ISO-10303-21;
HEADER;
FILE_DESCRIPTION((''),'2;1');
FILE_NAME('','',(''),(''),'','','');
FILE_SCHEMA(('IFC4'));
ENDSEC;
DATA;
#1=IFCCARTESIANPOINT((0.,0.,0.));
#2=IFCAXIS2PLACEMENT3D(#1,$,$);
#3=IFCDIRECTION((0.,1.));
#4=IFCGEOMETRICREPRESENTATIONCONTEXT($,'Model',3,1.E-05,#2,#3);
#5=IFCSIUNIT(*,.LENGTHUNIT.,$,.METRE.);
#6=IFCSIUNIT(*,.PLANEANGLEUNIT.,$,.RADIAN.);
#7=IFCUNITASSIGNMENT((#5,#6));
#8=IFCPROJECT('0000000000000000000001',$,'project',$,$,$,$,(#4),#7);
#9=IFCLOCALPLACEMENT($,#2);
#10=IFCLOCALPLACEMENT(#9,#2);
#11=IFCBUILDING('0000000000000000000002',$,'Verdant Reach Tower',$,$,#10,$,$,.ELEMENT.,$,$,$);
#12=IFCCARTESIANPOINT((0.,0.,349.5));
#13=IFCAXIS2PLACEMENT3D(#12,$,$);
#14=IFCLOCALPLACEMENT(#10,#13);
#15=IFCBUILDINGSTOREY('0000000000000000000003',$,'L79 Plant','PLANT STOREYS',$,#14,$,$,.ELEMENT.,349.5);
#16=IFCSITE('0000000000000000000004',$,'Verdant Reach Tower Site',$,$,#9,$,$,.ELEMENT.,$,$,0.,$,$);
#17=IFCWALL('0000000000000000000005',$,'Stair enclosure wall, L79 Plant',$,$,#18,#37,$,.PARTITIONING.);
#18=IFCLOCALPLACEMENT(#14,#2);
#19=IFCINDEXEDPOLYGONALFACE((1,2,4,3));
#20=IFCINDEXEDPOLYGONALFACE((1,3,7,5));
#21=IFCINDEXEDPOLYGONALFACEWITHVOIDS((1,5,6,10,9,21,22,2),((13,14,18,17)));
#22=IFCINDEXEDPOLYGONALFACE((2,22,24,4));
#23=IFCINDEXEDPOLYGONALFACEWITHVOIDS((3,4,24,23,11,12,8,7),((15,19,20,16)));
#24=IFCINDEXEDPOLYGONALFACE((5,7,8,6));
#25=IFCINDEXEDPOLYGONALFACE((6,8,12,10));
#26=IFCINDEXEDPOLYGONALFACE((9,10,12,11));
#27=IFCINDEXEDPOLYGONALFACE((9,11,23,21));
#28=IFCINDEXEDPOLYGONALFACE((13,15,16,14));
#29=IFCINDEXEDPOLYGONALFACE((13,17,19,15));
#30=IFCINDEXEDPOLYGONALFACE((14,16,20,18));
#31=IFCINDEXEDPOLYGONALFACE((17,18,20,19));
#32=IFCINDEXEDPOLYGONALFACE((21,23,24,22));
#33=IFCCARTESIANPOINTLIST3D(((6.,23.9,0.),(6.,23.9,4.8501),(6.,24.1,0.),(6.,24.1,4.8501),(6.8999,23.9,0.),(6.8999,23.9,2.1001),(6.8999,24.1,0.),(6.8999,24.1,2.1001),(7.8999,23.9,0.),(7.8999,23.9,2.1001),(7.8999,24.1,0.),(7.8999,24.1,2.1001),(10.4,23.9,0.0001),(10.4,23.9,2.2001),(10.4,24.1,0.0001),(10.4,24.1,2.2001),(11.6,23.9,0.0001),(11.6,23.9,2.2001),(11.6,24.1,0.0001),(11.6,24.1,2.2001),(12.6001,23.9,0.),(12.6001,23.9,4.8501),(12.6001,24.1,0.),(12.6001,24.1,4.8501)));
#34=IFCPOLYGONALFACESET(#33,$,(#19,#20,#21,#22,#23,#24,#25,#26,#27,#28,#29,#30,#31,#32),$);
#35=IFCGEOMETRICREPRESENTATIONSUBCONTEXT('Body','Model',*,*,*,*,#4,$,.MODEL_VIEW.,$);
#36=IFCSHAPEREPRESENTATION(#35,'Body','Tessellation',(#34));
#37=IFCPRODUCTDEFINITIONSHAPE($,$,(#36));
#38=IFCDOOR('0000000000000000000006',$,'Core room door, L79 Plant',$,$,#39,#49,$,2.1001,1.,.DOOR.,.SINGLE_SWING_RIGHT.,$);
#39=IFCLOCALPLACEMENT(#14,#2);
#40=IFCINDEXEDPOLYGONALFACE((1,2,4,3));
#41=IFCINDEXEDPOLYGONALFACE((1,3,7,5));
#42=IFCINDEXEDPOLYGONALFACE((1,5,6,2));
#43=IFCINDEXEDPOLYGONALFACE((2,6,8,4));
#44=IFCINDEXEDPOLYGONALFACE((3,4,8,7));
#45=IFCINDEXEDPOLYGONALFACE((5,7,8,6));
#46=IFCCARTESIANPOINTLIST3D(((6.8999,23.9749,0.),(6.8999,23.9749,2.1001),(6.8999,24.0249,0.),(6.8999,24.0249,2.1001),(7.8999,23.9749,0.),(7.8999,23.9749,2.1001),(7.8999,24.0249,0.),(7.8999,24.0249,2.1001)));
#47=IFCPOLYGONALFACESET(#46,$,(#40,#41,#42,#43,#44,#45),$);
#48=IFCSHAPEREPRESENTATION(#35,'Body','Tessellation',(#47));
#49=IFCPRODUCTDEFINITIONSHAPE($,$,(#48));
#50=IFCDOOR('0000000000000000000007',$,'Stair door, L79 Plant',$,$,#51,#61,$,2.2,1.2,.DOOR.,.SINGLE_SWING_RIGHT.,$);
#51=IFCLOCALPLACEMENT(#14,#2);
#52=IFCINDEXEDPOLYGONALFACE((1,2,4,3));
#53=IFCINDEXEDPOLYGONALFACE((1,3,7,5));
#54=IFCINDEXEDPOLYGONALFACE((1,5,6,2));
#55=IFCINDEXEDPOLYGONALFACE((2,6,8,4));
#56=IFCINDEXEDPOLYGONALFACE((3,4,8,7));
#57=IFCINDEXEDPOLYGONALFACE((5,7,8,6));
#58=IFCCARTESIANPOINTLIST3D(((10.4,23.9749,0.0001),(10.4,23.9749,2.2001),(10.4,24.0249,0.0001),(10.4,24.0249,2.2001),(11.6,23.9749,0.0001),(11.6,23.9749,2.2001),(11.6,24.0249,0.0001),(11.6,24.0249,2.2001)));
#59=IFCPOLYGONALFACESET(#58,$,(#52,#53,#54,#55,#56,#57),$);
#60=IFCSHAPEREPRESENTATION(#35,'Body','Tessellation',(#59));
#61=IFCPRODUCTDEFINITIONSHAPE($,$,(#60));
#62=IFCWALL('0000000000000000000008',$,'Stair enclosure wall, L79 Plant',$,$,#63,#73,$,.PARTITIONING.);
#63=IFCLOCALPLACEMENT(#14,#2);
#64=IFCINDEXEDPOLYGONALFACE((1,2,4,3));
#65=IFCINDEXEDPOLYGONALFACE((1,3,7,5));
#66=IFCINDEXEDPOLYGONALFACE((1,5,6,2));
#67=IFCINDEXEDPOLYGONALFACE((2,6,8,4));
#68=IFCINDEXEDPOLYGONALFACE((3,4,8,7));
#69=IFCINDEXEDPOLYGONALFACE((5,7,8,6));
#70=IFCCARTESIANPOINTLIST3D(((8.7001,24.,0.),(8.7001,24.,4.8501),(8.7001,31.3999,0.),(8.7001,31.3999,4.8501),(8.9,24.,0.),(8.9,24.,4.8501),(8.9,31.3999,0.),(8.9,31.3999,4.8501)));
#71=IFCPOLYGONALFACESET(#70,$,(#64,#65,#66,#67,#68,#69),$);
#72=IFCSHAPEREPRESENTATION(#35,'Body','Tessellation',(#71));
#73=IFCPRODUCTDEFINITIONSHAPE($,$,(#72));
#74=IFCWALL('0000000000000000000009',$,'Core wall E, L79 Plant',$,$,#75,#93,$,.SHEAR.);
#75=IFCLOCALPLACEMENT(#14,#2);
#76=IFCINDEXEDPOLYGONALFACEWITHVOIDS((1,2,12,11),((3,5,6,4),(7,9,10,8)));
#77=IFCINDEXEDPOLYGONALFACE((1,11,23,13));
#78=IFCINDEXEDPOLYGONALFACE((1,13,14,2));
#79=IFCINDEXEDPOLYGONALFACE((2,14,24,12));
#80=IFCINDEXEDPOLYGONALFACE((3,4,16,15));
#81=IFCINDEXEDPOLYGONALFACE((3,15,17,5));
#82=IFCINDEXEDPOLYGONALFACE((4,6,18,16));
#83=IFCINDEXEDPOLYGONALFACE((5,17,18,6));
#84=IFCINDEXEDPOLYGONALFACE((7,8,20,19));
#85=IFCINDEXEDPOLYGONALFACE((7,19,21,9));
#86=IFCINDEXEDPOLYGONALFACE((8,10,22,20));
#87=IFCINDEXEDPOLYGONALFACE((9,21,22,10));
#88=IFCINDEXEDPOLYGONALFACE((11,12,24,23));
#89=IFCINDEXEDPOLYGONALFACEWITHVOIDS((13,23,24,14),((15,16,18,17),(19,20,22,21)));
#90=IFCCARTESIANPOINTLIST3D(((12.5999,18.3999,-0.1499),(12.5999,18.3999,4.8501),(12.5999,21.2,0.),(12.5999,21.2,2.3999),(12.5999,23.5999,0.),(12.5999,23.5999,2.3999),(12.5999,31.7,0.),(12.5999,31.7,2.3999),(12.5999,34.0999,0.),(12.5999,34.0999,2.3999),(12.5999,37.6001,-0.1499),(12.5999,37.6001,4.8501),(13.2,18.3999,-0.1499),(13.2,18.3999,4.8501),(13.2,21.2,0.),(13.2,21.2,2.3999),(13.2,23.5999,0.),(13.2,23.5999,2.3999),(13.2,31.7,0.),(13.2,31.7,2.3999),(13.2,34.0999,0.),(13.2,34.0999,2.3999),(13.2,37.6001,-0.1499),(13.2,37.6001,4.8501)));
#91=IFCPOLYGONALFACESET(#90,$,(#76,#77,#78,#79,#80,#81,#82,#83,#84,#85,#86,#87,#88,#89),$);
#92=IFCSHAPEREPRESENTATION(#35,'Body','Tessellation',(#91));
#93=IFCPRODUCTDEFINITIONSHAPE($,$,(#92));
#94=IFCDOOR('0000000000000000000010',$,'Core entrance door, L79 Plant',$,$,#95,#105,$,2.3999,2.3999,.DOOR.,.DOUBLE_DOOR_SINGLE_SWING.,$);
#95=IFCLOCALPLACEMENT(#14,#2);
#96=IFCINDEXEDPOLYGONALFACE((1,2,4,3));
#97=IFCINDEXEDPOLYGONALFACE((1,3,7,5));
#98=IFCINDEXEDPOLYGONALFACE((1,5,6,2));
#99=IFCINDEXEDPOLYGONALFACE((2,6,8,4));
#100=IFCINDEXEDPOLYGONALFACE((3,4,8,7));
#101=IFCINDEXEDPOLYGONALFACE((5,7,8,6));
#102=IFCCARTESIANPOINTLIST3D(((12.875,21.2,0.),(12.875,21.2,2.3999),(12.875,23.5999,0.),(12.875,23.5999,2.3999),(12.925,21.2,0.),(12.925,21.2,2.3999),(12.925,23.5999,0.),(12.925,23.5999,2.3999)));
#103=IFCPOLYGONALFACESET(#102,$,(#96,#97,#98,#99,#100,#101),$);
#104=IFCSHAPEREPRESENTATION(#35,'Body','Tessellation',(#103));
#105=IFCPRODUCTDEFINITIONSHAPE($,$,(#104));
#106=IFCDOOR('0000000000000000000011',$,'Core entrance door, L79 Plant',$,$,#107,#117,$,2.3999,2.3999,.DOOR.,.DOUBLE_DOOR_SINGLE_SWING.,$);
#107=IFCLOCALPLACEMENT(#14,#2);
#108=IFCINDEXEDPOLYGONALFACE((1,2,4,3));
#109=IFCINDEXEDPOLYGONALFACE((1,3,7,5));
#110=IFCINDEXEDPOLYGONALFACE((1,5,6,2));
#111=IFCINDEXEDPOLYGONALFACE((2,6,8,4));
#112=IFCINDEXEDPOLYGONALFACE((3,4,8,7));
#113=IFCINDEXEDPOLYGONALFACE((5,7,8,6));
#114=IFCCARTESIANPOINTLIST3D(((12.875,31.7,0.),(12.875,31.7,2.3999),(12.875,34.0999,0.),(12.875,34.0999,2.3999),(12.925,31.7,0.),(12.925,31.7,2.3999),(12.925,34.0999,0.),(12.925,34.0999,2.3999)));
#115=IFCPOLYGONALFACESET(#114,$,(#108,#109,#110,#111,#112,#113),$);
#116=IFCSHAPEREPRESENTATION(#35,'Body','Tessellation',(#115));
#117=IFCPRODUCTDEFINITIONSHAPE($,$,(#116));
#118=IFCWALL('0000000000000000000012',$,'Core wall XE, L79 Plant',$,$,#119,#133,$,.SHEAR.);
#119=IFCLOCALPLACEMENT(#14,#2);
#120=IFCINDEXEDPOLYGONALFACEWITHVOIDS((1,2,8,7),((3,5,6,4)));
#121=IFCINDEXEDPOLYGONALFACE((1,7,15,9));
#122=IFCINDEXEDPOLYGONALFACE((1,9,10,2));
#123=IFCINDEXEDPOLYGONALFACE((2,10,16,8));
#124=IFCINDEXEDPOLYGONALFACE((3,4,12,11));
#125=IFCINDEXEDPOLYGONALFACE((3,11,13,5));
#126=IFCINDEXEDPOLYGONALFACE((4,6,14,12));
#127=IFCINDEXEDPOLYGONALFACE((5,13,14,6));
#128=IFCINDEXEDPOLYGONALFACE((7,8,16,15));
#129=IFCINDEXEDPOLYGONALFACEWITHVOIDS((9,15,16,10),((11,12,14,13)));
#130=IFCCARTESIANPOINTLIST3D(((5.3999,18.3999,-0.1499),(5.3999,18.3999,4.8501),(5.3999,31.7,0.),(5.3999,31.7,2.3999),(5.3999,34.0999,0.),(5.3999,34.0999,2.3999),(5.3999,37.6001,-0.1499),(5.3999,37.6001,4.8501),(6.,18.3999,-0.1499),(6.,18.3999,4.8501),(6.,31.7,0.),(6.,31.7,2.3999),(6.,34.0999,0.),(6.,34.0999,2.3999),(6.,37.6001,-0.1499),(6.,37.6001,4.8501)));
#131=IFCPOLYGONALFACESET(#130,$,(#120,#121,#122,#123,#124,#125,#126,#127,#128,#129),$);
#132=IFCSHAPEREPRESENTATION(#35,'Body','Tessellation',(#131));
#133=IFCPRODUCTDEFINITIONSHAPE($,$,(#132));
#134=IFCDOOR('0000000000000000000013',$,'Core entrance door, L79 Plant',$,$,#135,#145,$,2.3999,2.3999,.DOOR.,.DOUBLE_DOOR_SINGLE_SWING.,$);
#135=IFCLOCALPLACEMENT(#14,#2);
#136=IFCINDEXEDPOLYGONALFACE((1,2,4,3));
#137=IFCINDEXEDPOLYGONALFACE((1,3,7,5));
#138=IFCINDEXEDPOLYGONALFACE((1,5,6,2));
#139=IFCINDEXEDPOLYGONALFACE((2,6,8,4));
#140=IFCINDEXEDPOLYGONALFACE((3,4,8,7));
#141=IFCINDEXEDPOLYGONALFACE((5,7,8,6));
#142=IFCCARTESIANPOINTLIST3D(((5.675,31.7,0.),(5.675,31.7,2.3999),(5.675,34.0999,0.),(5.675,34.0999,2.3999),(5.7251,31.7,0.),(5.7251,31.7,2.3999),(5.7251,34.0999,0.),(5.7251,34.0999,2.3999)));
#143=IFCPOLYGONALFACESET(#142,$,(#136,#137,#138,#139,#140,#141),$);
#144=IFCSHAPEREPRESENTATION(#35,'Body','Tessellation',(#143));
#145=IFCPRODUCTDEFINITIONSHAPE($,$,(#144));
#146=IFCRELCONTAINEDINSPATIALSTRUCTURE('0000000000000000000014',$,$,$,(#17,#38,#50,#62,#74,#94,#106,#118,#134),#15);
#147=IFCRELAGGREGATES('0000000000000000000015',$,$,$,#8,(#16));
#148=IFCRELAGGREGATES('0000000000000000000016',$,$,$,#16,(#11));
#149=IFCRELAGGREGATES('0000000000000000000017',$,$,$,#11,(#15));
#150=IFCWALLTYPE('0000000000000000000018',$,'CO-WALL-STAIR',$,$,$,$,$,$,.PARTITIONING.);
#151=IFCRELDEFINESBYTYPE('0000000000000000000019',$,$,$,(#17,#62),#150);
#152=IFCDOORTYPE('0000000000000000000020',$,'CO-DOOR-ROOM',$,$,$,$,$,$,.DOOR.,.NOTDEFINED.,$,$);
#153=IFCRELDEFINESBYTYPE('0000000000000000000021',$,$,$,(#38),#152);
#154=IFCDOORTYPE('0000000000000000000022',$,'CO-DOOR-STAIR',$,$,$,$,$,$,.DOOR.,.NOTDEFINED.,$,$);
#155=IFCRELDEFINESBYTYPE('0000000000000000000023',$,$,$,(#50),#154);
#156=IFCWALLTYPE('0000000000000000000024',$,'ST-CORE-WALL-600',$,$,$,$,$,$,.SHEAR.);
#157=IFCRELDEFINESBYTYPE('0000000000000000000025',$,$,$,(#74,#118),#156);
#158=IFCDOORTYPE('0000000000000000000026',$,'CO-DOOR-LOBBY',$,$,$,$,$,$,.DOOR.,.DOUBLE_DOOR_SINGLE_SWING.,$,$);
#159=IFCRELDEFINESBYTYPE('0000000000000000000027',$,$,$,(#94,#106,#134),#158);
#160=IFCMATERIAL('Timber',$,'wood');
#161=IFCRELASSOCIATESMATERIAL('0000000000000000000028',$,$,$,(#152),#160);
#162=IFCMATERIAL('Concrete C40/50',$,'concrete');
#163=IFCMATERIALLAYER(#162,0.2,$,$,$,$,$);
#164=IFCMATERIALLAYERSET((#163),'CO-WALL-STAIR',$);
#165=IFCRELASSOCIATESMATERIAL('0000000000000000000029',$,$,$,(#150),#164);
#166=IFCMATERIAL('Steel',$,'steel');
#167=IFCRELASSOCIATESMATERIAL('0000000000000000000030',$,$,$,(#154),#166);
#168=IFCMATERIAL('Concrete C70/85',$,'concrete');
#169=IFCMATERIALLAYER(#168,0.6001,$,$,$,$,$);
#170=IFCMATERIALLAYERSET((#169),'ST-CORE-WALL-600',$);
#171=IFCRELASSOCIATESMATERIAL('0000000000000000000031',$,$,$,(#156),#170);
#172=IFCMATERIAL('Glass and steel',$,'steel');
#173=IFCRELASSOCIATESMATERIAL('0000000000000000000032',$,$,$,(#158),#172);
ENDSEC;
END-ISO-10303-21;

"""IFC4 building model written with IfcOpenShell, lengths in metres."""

from ifc_helpers import new_model, si_unit, direction, frame, frame_2d, origin, place, context, subcontext, project, spatial, rectangle, extrude, material, layer, layer_set, type_object, element, fill, save


model = new_model("IFC4")

# Units and contexts
model_context = context("Model", 3, precision=1e-05, world=origin(), true_north=direction((0.0, 1.0)))
body_context = subcontext(model_context, "Body", "Model", "MODEL_VIEW")
ifc_project = project(units=[si_unit("LENGTHUNIT", "METRE"), si_unit("PLANEANGLEUNIT", "RADIAN")], contexts=[model_context])

# Site, building, storey
site_placement = place(None, origin())
site = spatial("IfcSite", under=ifc_project, at=site_placement, Name="Verdant Reach Tower Site", CompositionType="ELEMENT", RefElevation=0.0)
building_placement = place(site_placement, origin())
building = spatial("IfcBuilding", under=site, at=building_placement, Name="Verdant Reach Tower", CompositionType="ELEMENT")
storey_placement = place(building_placement, frame((0.0, 0.0, 349.5)))
storey = spatial("IfcBuildingStorey", under=building, at=storey_placement, Name="L79 Plant", Description="PLANT STOREYS", CompositionType="ELEMENT", Elevation=349.5)

# Shared definitions
ifc_material_1 = material(Name="Timber", Category="wood")
door_type_1 = type_object("IfcDoorType", Name="CO-DOOR-ROOM", OperationType="NOTDEFINED", PredefinedType="DOOR", material=ifc_material_1)

# Wall, openings, doors
ifc_material_2 = material(Name="Concrete C40/50", Category="concrete")
ifc_layer_1 = layer(ifc_material_2, 0.2)
ifc_layer_set_1 = layer_set([ifc_layer_1], Name="CO-WALL-STAIR")
wall_type_1 = type_object("IfcWallType", Name="CO-WALL-STAIR", PredefinedType="PARTITIONING", material=ifc_layer_set_1)
wall_1_placement = place(storey_placement, frame((6.0, 24.0, 0.0), z_axis=(0.0, 0.0, 1.0), x_axis=(1.0, 0.0, 0.0)))
wall_1 = element("IfcWall", 1, at=wall_1_placement, inside=storey, type_object=wall_type_1, Name="Stair enclosure wall, L79 Plant", PredefinedType="PARTITIONING", context=body_context, shape_type="SweptSolid", body=[
    extrude(rectangle(XDim=6.6001, YDim=0.2, at=frame_2d((3.3, 0.0))), origin(), (0.0, 0.0, 1.0), 4.8501),
])
opening_1_placement = place(wall_1_placement, frame((0.8999, 0.0, 0.0)))
opening_1 = element("IfcOpeningElement", 2, at=opening_1_placement, cuts=wall_1, PredefinedType="OPENING", context=body_context, shape_type="SweptSolid", body=[
    extrude(rectangle(XDim=1.0, YDim=2.1001, at=frame_2d((0.5, 1.05))), frame((0.0, 0.1099, 0.0), z_axis=(0.0, -1.0, 0.0), x_axis=(1.0, 0.0, 0.0)), (0.0, 0.0, 1.0), 0.22),
])
opening_2_placement = place(wall_1_placement, frame((4.3999, 0.0, 0.0)))
opening_2 = element("IfcOpeningElement", 3, at=opening_2_placement, cuts=wall_1, PredefinedType="OPENING", context=body_context, shape_type="SweptSolid", body=[
    extrude(rectangle(XDim=1.2, YDim=2.2, at=frame_2d((0.6001, 1.1001))), frame((0.0, 0.1099, 0.0), z_axis=(0.0, -1.0, 0.0), x_axis=(1.0, 0.0, 0.0)), (0.0, 0.0, 1.0), 0.22),
])
door_1_placement = place(opening_1_placement, origin())
door_1 = element("IfcDoor", 4, at=door_1_placement, inside=storey, type_object=door_type_1, Name="Core room door, L79 Plant", OperationType="SINGLE_SWING_RIGHT", OverallHeight=2.1001, OverallWidth=1.0, PredefinedType="DOOR", context=body_context, shape_type="SweptSolid", body=[
    extrude(rectangle(XDim=1.0, YDim=2.1001, at=frame_2d((0.5, 1.05))), frame((0.0, 0.0249, 0.0), z_axis=(0.0, -1.0, 0.0), x_axis=(1.0, 0.0, 0.0)), (0.0, 0.0, 1.0), 0.05),
])
fill(opening_1, door_1)
ifc_material_3 = material(Name="Steel", Category="steel")
door_type_2 = type_object("IfcDoorType", Name="CO-DOOR-STAIR", OperationType="NOTDEFINED", PredefinedType="DOOR", material=ifc_material_3)
door_2_placement = place(opening_2_placement, origin())
door_2 = element("IfcDoor", 5, at=door_2_placement, inside=storey, type_object=door_type_2, Name="Stair door, L79 Plant", OperationType="SINGLE_SWING_RIGHT", OverallHeight=2.2, OverallWidth=1.2, PredefinedType="DOOR", context=body_context, shape_type="SweptSolid", body=[
    extrude(rectangle(XDim=1.2, YDim=2.2, at=frame_2d((0.6001, 1.1001))), frame((0.0, 0.0249, 0.0), z_axis=(0.0, -1.0, 0.0), x_axis=(1.0, 0.0, 0.0)), (0.0, 0.0, 1.0), 0.05),
])
fill(opening_2, door_2)

# Wall
wall_2_placement = place(storey_placement, frame((8.8, 24.0, 0.0), z_axis=(0.0, 0.0, 1.0), x_axis=(0.0, 1.0, 0.0)))
element("IfcWall", 6, at=wall_2_placement, inside=storey, type_object=wall_type_1, Name="Stair enclosure wall, L79 Plant", PredefinedType="PARTITIONING", context=body_context, shape_type="SweptSolid", body=[
    extrude(rectangle(XDim=7.3999, YDim=0.2, at=frame_2d((3.7, 0.0))), origin(), (0.0, 0.0, 1.0), 4.8501),
])

# Wall, openings, doors
ifc_material_4 = material(Name="Concrete C70/85", Category="concrete")
ifc_layer_2 = layer(ifc_material_4, 0.6001)
ifc_layer_set_2 = layer_set([ifc_layer_2], Name="ST-CORE-WALL-600")
wall_type_2 = type_object("IfcWallType", Name="ST-CORE-WALL-600", PredefinedType="SHEAR", material=ifc_layer_set_2)
wall_3_placement = place(storey_placement, frame((12.8999, 18.3999, -0.1499), z_axis=(0.0, 0.0, 1.0), x_axis=(0.0, 1.0, 0.0)))
wall_3 = element("IfcWall", 7, at=wall_3_placement, inside=storey, type_object=wall_type_2, Name="Core wall E, L79 Plant", PredefinedType="SHEAR", context=body_context, shape_type="SweptSolid", body=[
    extrude(rectangle(XDim=19.2002, YDim=0.6001, at=frame_2d((9.6001, 0.0))), origin(), (0.0, 0.0, 1.0), 5.0),
])
opening_3_placement = place(wall_3_placement, frame((2.8, 0.0, 0.1499)))
opening_3 = element("IfcOpeningElement", 8, at=opening_3_placement, cuts=wall_3, PredefinedType="OPENING", context=body_context, shape_type="SweptSolid", body=[
    extrude(rectangle(XDim=2.3999, YDim=2.3999, at=frame_2d((1.2, 1.2))), frame((0.0, 0.3101, 0.0), z_axis=(0.0, -1.0, 0.0), x_axis=(1.0, 0.0, 0.0)), (0.0, 0.0, 1.0), 0.6201),
])
opening_4_placement = place(wall_3_placement, frame((13.3, 0.0, 0.1499)))
opening_4 = element("IfcOpeningElement", 9, at=opening_4_placement, cuts=wall_3, PredefinedType="OPENING", context=body_context, shape_type="SweptSolid", body=[
    extrude(rectangle(XDim=2.3999, YDim=2.3999, at=frame_2d((1.2, 1.2))), frame((0.0, 0.3101, 0.0), z_axis=(0.0, -1.0, 0.0), x_axis=(1.0, 0.0, 0.0)), (0.0, 0.0, 1.0), 0.6201),
])
ifc_material_5 = material(Name="Glass and steel", Category="steel")
door_type_3 = type_object("IfcDoorType", Name="CO-DOOR-LOBBY", OperationType="DOUBLE_DOOR_SINGLE_SWING", PredefinedType="DOOR", material=ifc_material_5)
door_3_placement = place(opening_3_placement, origin())
door_3 = element("IfcDoor", 10, at=door_3_placement, inside=storey, type_object=door_type_3, Name="Core entrance door, L79 Plant", OperationType="DOUBLE_DOOR_SINGLE_SWING", OverallHeight=2.3999, OverallWidth=2.3999, PredefinedType="DOOR", context=body_context, shape_type="SweptSolid", body=[
    extrude(rectangle(XDim=2.3999, YDim=2.3999, at=frame_2d((1.2, 1.2))), frame((0.0, 0.0249, 0.0), z_axis=(0.0, -1.0, 0.0), x_axis=(1.0, 0.0, 0.0)), (0.0, 0.0, 1.0), 0.05),
])
fill(opening_3, door_3)
door_4_placement = place(opening_4_placement, origin())
door_4 = element("IfcDoor", 11, at=door_4_placement, inside=storey, type_object=door_type_3, Name="Core entrance door, L79 Plant", OperationType="DOUBLE_DOOR_SINGLE_SWING", OverallHeight=2.3999, OverallWidth=2.3999, PredefinedType="DOOR", context=body_context, shape_type="SweptSolid", body=[
    extrude(rectangle(XDim=2.3999, YDim=2.3999, at=frame_2d((1.2, 1.2))), frame((0.0, 0.0249, 0.0), z_axis=(0.0, -1.0, 0.0), x_axis=(1.0, 0.0, 0.0)), (0.0, 0.0, 1.0), 0.05),
])
fill(opening_4, door_4)

# Wall, opening, door
wall_4_placement = place(storey_placement, frame((5.7, 18.3999, -0.1499), z_axis=(0.0, 0.0, 1.0), x_axis=(0.0, 1.0, 0.0)))
wall_4 = element("IfcWall", 12, at=wall_4_placement, inside=storey, type_object=wall_type_2, Name="Core wall XE, L79 Plant", PredefinedType="SHEAR", context=body_context, shape_type="SweptSolid", body=[
    extrude(rectangle(XDim=19.2002, YDim=0.6001, at=frame_2d((9.6001, 0.0))), origin(), (0.0, 0.0, 1.0), 5.0),
])
opening_5_placement = place(wall_4_placement, frame((13.3, 0.0, 0.1499)))
opening_5 = element("IfcOpeningElement", 13, at=opening_5_placement, cuts=wall_4, PredefinedType="OPENING", context=body_context, shape_type="SweptSolid", body=[
    extrude(rectangle(XDim=2.3999, YDim=2.3999, at=frame_2d((1.2, 1.2))), frame((0.0, 0.3101, 0.0), z_axis=(0.0, -1.0, 0.0), x_axis=(1.0, 0.0, 0.0)), (0.0, 0.0, 1.0), 0.6201),
])
door_5_placement = place(opening_5_placement, origin())
door_5 = element("IfcDoor", 14, at=door_5_placement, inside=storey, type_object=door_type_3, Name="Core entrance door, L79 Plant", OperationType="DOUBLE_DOOR_SINGLE_SWING", OverallHeight=2.3999, OverallWidth=2.3999, PredefinedType="DOOR", context=body_context, shape_type="SweptSolid", body=[
    extrude(rectangle(XDim=2.3999, YDim=2.3999, at=frame_2d((1.2, 1.2))), frame((0.0, 0.0249, 0.0), z_axis=(0.0, -1.0, 0.0), x_axis=(1.0, 0.0, 0.0)), (0.0, 0.0, 1.0), 0.05),
])
fill(opening_5, door_5)

save(model, "model.ifc")
